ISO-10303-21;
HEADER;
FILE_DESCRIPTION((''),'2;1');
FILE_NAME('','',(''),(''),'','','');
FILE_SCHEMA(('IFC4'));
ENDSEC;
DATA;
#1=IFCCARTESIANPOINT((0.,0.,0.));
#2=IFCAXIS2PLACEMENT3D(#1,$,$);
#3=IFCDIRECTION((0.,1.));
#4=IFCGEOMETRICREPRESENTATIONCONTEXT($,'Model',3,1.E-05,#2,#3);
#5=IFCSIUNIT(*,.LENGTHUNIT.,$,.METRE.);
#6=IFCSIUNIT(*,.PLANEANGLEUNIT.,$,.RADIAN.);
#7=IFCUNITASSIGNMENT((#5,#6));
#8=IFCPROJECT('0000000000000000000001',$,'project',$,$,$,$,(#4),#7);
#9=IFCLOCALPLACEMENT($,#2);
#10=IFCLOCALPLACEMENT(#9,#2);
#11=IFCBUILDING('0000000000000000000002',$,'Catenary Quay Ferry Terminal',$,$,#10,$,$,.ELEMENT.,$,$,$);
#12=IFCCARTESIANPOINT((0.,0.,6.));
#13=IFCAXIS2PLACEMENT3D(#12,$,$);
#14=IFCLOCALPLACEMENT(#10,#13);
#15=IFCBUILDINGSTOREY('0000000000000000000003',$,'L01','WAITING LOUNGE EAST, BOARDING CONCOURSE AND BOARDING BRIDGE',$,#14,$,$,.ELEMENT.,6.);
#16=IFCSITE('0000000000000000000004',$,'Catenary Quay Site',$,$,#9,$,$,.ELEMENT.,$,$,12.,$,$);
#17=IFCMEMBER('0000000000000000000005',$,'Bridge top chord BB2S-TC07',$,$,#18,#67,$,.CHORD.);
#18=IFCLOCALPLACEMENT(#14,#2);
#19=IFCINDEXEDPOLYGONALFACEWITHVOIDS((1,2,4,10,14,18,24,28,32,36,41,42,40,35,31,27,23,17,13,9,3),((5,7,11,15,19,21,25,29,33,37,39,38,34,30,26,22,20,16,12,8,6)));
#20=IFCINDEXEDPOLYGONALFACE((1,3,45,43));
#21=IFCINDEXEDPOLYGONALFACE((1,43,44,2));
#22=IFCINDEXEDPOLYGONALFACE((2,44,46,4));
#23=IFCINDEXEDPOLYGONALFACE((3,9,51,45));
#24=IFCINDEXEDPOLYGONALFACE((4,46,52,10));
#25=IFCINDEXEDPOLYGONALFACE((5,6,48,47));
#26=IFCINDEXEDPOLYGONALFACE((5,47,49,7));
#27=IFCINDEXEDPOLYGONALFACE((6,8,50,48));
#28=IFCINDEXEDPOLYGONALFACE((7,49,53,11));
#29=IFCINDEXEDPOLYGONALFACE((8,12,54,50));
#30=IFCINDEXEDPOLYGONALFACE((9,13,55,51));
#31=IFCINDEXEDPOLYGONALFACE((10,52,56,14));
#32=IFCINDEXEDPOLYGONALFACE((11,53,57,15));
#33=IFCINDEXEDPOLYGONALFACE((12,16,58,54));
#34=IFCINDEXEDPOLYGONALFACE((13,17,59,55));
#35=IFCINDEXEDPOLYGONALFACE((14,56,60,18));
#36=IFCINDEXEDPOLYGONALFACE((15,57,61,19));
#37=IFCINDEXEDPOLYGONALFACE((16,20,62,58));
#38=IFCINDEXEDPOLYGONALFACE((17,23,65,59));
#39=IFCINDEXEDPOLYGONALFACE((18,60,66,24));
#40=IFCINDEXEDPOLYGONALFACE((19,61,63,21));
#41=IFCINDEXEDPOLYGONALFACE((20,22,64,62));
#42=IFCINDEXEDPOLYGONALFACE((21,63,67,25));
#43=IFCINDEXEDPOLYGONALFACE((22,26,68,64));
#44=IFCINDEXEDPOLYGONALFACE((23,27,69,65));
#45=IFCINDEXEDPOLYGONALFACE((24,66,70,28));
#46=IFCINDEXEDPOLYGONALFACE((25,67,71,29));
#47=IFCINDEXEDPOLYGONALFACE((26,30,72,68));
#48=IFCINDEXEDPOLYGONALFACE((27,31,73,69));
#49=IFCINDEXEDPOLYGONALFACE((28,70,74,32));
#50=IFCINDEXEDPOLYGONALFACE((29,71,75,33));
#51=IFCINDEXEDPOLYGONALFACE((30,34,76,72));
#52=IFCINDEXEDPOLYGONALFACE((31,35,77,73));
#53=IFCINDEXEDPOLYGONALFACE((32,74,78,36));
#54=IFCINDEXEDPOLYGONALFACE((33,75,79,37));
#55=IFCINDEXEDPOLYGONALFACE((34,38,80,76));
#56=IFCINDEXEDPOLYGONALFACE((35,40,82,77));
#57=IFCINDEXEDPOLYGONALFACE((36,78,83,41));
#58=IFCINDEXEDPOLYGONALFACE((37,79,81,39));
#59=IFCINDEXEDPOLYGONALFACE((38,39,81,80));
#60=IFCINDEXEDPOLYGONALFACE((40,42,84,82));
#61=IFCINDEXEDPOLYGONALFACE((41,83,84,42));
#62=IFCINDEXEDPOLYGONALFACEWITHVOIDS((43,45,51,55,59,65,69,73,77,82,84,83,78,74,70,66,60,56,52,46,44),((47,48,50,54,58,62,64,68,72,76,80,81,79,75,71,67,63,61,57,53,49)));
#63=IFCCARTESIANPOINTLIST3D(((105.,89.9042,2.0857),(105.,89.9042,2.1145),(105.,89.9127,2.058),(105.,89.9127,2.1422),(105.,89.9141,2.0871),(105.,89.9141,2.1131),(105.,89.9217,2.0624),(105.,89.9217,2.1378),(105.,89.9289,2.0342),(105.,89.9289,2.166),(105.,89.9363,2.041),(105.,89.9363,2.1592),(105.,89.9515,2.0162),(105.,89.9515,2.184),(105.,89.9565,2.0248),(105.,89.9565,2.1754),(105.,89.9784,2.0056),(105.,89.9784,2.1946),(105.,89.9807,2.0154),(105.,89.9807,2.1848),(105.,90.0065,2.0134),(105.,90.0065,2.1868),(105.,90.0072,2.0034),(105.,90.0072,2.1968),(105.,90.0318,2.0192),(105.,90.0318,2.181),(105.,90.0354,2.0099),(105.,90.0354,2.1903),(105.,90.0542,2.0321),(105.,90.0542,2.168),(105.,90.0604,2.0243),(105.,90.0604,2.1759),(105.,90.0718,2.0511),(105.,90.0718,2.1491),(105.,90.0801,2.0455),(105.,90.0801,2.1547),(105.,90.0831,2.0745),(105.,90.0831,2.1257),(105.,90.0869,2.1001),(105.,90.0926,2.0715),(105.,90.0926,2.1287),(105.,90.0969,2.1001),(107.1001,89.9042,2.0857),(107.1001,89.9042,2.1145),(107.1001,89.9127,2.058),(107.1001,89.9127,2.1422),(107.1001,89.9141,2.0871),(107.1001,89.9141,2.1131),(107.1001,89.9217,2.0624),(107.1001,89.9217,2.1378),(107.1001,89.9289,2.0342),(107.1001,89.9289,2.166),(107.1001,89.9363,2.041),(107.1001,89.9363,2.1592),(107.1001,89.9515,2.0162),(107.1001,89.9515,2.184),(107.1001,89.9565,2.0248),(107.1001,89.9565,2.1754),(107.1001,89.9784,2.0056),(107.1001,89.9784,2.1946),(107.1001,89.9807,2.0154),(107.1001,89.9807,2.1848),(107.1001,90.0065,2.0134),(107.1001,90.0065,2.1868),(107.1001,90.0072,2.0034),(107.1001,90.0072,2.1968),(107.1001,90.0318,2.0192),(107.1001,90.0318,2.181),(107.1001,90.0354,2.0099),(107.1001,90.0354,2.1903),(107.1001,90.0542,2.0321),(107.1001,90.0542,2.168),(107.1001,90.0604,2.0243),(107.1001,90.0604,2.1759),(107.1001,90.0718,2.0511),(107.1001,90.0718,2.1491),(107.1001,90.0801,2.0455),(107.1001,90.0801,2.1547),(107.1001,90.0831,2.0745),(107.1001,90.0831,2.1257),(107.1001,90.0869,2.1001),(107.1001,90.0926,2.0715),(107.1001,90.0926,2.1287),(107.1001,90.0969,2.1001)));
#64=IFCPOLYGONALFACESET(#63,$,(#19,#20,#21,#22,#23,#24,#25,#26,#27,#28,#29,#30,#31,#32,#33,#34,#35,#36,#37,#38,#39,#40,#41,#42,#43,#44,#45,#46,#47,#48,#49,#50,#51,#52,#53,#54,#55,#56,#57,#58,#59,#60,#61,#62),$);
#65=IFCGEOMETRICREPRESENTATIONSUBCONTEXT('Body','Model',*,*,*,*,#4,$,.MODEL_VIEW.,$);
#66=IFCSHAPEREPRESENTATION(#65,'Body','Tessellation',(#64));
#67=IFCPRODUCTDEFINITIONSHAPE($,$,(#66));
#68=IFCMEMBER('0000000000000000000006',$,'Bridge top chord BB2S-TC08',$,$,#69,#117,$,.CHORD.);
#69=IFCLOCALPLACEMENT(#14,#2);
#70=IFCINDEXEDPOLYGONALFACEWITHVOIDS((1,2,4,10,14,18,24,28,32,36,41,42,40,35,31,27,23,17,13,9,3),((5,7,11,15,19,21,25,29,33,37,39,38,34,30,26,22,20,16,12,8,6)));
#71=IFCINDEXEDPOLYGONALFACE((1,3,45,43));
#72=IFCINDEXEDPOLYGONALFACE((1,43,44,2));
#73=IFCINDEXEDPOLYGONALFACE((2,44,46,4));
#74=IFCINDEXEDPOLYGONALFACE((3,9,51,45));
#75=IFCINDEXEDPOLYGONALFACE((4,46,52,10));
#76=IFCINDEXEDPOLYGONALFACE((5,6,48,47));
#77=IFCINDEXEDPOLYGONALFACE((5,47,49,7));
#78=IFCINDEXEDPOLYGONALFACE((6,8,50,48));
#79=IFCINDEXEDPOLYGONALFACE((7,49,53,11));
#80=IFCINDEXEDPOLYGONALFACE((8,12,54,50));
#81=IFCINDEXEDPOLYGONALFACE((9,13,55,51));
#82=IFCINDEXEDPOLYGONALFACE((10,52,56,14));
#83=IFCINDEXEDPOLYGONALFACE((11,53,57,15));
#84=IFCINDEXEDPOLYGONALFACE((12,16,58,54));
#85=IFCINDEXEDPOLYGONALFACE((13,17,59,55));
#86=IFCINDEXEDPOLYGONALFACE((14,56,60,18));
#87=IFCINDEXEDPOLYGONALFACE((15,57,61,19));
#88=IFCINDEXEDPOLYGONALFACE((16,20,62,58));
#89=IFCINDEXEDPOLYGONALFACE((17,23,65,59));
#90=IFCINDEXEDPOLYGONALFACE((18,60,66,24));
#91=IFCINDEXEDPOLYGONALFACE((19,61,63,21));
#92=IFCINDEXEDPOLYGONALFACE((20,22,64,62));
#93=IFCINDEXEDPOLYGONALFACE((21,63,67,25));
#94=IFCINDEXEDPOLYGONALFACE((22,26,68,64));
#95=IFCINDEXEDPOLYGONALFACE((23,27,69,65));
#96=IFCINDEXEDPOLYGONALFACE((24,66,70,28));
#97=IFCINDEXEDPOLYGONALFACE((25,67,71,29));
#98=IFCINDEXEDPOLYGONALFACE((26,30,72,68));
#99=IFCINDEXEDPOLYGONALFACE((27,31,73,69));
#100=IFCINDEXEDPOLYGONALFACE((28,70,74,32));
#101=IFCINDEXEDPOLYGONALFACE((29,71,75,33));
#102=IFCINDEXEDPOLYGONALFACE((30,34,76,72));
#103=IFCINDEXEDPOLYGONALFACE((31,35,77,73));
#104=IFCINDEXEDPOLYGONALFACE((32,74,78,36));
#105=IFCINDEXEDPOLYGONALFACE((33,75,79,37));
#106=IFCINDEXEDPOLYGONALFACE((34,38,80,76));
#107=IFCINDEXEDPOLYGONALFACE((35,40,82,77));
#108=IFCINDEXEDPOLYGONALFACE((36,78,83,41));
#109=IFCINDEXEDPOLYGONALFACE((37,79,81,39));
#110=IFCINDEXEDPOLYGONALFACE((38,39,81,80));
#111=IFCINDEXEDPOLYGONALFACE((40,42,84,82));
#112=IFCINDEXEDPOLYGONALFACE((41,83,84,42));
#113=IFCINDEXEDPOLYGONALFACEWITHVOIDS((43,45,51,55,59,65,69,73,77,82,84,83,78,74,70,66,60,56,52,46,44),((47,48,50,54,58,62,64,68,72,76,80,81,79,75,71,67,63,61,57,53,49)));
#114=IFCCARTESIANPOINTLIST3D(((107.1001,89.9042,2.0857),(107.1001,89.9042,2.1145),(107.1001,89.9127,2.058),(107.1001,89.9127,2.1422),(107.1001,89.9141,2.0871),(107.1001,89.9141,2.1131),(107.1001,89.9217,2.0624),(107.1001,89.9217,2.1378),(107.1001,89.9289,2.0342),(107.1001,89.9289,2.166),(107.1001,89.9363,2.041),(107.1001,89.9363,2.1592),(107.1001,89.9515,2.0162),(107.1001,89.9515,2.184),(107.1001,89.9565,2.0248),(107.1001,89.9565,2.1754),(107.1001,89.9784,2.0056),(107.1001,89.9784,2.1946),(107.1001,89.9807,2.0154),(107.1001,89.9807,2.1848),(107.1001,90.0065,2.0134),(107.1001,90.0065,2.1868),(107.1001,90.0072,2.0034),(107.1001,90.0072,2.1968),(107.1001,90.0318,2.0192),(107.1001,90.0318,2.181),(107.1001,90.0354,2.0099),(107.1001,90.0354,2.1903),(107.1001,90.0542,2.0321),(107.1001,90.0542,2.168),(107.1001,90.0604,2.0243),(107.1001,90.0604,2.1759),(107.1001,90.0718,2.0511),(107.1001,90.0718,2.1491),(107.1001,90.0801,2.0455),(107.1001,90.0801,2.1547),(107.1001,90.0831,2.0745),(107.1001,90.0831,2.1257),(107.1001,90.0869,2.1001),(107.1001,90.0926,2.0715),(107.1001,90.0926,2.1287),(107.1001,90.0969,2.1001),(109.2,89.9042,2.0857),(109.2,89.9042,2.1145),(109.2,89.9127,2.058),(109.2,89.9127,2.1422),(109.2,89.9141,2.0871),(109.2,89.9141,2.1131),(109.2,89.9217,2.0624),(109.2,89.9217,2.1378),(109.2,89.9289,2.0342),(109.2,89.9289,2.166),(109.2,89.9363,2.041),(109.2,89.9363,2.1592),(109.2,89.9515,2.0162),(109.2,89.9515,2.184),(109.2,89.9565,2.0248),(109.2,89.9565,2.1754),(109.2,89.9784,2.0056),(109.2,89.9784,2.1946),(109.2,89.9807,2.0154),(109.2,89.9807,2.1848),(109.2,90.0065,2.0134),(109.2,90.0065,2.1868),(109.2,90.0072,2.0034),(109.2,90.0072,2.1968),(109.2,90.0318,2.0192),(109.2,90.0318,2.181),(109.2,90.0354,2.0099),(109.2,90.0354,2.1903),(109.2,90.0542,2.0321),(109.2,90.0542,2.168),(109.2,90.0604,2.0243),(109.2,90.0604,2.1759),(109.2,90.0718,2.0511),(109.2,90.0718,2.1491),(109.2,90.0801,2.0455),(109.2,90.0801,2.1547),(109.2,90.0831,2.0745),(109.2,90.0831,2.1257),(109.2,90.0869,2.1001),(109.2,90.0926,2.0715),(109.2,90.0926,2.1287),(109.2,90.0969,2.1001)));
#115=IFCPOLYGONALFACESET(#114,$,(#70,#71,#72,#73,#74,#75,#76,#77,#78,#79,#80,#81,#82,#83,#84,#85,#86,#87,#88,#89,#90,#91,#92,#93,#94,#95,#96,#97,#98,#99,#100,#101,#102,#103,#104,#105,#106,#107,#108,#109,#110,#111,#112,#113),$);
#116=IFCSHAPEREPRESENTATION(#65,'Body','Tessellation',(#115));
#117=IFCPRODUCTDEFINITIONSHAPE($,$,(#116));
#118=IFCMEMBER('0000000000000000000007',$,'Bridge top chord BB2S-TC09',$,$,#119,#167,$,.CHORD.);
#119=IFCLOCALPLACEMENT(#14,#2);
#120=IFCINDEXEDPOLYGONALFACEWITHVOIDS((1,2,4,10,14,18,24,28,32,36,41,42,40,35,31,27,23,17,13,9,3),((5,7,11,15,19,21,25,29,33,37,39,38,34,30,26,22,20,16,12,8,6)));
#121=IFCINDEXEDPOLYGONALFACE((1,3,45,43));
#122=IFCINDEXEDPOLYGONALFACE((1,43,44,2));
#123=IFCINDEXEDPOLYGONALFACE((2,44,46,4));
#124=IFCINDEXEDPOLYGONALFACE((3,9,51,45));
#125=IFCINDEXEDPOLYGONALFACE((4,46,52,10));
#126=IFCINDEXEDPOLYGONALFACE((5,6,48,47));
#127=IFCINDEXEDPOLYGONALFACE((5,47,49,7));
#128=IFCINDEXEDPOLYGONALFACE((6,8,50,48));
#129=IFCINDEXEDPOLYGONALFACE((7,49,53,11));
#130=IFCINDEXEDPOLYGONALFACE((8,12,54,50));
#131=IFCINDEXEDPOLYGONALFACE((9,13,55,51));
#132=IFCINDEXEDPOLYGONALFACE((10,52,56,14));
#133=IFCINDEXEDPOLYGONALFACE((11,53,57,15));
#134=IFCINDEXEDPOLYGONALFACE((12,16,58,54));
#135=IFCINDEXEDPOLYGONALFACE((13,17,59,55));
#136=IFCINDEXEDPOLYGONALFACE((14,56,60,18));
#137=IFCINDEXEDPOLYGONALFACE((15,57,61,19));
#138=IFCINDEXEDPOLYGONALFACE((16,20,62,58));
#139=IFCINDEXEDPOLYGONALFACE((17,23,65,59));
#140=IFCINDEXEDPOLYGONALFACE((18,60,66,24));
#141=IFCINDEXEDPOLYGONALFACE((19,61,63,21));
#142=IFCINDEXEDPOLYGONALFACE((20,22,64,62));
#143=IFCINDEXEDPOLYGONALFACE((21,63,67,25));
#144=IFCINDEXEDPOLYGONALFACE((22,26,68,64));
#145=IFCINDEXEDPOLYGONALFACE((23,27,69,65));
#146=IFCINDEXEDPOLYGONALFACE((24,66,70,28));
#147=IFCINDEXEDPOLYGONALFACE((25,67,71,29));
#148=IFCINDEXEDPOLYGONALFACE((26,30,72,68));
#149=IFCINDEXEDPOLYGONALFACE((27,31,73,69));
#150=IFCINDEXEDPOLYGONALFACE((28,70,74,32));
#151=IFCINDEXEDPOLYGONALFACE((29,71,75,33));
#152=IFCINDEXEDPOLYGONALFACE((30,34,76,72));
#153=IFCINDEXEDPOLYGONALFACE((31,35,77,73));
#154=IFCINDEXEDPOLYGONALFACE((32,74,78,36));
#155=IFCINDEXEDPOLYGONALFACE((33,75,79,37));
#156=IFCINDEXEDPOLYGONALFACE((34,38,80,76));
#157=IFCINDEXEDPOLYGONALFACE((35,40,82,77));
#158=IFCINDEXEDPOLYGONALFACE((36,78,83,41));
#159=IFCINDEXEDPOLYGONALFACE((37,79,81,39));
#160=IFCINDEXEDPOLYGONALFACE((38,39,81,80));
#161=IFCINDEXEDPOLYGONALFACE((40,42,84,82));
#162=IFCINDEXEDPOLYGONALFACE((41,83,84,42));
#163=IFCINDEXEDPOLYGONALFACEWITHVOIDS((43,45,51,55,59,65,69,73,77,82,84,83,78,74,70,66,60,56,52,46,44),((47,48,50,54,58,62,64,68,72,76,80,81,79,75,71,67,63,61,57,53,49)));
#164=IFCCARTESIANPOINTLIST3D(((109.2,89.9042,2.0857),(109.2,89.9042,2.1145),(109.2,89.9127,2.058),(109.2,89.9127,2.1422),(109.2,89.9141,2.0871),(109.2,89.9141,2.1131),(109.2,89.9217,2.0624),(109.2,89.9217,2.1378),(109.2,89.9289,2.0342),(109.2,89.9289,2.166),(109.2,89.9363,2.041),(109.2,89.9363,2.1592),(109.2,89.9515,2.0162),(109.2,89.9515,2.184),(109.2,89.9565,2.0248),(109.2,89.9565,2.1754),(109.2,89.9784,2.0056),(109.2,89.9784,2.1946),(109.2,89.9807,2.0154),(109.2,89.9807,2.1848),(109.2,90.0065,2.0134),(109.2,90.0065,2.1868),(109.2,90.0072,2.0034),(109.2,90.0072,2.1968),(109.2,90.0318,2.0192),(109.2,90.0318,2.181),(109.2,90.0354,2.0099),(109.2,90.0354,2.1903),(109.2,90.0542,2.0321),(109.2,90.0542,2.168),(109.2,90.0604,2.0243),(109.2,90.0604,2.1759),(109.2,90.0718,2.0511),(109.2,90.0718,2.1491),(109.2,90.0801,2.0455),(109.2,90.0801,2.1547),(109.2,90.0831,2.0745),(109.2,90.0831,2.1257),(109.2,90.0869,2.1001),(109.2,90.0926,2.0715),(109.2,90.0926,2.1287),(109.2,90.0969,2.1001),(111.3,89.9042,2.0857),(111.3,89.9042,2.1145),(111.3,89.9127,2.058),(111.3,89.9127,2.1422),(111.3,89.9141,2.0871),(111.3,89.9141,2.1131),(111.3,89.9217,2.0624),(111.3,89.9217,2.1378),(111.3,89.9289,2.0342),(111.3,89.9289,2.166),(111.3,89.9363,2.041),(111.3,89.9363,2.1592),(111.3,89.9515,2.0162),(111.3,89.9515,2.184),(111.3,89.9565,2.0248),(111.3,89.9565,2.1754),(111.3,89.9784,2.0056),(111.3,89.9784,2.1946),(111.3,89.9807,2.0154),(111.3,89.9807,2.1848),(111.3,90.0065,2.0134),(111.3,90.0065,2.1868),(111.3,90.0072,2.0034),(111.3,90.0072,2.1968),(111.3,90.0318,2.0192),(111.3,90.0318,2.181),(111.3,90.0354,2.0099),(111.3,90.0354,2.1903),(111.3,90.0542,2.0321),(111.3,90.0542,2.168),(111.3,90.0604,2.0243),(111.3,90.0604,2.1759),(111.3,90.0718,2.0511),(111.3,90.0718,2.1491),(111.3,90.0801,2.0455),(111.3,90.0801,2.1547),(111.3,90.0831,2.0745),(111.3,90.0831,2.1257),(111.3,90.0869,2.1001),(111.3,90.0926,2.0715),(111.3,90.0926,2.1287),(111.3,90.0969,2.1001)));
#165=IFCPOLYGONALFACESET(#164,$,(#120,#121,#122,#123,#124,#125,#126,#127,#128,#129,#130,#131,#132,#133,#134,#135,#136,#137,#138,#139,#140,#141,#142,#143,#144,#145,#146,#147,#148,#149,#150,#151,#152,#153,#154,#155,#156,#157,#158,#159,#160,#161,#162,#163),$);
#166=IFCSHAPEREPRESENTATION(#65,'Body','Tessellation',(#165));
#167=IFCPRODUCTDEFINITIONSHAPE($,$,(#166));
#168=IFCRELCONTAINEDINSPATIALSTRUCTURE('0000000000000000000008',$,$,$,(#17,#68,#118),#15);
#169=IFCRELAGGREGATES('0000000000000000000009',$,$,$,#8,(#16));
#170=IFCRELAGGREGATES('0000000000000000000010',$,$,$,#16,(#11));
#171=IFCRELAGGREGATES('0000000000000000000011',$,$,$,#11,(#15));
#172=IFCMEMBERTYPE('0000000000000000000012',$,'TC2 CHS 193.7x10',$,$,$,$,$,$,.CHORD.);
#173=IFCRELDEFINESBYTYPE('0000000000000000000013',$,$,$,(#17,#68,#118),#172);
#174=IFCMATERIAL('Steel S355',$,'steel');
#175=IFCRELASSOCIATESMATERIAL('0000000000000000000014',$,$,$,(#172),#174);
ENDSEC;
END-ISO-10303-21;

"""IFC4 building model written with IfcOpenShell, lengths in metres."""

from ifc_helpers import new_model, si_unit, direction, frame, origin, origin_2d, place, context, subcontext, project, spatial, hollow_circle, extrude, material, material_profile, profile_set, type_object, element, save


model = new_model("IFC4")

# Units and contexts
model_context = context("Model", 3, precision=1e-05, world=origin(), true_north=direction((0.0, 1.0)))
body_context = subcontext(model_context, "Body", "Model", "MODEL_VIEW")
ifc_project = project(units=[si_unit("LENGTHUNIT", "METRE"), si_unit("PLANEANGLEUNIT", "RADIAN")], contexts=[model_context])

# Site, building, storey
site_placement = place(None, origin())
site = spatial("IfcSite", under=ifc_project, at=site_placement, Name="Catenary Quay Site", CompositionType="ELEMENT", RefElevation=12.0)
building_placement = place(site_placement, origin())
building = spatial("IfcBuilding", under=site, at=building_placement, Name="Catenary Quay Ferry Terminal", CompositionType="ELEMENT")
storey_placement = place(building_placement, frame((0.0, 0.0, 6.0)))
storey = spatial("IfcBuildingStorey", under=building, at=storey_placement, Name="L01", Description="WAITING LOUNGE EAST, BOARDING CONCOURSE AND BOARDING BRIDGE", CompositionType="ELEMENT", Elevation=6.0)

# Members
ifc_material_1 = material(Name="Steel S355", Category="steel")
ifc_material_profile_1 = material_profile(ifc_material_1, hollow_circle(Radius=0.0969, WallThickness=0.01, at=origin_2d()), Name="CHS 193.7x10")
ifc_profile_set_1 = profile_set([ifc_material_profile_1], Name="Steel S355")
member_type_1 = type_object("IfcMemberType", Name="TC2 CHS 193.7x10", PredefinedType="CHORD", material=ifc_profile_set_1)
for number, where, z_axis, x_axis, name in (
    (1, (105.0, 90.0, 2.1001), (1.0, 0.0, 0.0), (0.0, 1.0, 0.0), "Bridge top chord BB2S-TC07"),
):
    element("IfcMember", number, at=place(storey_placement, frame(where, z_axis=z_axis, x_axis=x_axis)), inside=storey, type_object=member_type_1, Name=name, PredefinedType="CHORD", context=body_context, shape_type="SweptSolid", body=[
        extrude(hollow_circle(Radius=0.0969, WallThickness=0.01, at=origin_2d()), origin(), (0.0, 0.0, 1.0), 2.1001),
    ])
member_1_placement = place(storey_placement, frame((107.1001, 90.0, 2.1001), z_axis=(1.0, 0.0, 0.0), x_axis=(0.0, 1.0, 0.0)))
element("IfcMember", 2, at=member_1_placement, inside=storey, type_object=member_type_1, Name="Bridge top chord BB2S-TC08", PredefinedType="CHORD", context=body_context, shape_type="SweptSolid", body=[
    extrude(hollow_circle(Radius=0.0969, WallThickness=0.01, at=origin_2d()), origin(), (0.0, 0.0, 1.0), 2.0999),
])
member_2_placement = place(storey_placement, frame((109.2, 90.0, 2.1001), z_axis=(1.0, 0.0, 0.0), x_axis=(0.0, 1.0, 0.0)))
element("IfcMember", 3, at=member_2_placement, inside=storey, type_object=member_type_1, Name="Bridge top chord BB2S-TC09", PredefinedType="CHORD", context=body_context, shape_type="SweptSolid", body=[
    extrude(hollow_circle(Radius=0.0969, WallThickness=0.01, at=origin_2d()), origin(), (0.0, 0.0, 1.0), 2.1001),
])

save(model, "model.ifc")
